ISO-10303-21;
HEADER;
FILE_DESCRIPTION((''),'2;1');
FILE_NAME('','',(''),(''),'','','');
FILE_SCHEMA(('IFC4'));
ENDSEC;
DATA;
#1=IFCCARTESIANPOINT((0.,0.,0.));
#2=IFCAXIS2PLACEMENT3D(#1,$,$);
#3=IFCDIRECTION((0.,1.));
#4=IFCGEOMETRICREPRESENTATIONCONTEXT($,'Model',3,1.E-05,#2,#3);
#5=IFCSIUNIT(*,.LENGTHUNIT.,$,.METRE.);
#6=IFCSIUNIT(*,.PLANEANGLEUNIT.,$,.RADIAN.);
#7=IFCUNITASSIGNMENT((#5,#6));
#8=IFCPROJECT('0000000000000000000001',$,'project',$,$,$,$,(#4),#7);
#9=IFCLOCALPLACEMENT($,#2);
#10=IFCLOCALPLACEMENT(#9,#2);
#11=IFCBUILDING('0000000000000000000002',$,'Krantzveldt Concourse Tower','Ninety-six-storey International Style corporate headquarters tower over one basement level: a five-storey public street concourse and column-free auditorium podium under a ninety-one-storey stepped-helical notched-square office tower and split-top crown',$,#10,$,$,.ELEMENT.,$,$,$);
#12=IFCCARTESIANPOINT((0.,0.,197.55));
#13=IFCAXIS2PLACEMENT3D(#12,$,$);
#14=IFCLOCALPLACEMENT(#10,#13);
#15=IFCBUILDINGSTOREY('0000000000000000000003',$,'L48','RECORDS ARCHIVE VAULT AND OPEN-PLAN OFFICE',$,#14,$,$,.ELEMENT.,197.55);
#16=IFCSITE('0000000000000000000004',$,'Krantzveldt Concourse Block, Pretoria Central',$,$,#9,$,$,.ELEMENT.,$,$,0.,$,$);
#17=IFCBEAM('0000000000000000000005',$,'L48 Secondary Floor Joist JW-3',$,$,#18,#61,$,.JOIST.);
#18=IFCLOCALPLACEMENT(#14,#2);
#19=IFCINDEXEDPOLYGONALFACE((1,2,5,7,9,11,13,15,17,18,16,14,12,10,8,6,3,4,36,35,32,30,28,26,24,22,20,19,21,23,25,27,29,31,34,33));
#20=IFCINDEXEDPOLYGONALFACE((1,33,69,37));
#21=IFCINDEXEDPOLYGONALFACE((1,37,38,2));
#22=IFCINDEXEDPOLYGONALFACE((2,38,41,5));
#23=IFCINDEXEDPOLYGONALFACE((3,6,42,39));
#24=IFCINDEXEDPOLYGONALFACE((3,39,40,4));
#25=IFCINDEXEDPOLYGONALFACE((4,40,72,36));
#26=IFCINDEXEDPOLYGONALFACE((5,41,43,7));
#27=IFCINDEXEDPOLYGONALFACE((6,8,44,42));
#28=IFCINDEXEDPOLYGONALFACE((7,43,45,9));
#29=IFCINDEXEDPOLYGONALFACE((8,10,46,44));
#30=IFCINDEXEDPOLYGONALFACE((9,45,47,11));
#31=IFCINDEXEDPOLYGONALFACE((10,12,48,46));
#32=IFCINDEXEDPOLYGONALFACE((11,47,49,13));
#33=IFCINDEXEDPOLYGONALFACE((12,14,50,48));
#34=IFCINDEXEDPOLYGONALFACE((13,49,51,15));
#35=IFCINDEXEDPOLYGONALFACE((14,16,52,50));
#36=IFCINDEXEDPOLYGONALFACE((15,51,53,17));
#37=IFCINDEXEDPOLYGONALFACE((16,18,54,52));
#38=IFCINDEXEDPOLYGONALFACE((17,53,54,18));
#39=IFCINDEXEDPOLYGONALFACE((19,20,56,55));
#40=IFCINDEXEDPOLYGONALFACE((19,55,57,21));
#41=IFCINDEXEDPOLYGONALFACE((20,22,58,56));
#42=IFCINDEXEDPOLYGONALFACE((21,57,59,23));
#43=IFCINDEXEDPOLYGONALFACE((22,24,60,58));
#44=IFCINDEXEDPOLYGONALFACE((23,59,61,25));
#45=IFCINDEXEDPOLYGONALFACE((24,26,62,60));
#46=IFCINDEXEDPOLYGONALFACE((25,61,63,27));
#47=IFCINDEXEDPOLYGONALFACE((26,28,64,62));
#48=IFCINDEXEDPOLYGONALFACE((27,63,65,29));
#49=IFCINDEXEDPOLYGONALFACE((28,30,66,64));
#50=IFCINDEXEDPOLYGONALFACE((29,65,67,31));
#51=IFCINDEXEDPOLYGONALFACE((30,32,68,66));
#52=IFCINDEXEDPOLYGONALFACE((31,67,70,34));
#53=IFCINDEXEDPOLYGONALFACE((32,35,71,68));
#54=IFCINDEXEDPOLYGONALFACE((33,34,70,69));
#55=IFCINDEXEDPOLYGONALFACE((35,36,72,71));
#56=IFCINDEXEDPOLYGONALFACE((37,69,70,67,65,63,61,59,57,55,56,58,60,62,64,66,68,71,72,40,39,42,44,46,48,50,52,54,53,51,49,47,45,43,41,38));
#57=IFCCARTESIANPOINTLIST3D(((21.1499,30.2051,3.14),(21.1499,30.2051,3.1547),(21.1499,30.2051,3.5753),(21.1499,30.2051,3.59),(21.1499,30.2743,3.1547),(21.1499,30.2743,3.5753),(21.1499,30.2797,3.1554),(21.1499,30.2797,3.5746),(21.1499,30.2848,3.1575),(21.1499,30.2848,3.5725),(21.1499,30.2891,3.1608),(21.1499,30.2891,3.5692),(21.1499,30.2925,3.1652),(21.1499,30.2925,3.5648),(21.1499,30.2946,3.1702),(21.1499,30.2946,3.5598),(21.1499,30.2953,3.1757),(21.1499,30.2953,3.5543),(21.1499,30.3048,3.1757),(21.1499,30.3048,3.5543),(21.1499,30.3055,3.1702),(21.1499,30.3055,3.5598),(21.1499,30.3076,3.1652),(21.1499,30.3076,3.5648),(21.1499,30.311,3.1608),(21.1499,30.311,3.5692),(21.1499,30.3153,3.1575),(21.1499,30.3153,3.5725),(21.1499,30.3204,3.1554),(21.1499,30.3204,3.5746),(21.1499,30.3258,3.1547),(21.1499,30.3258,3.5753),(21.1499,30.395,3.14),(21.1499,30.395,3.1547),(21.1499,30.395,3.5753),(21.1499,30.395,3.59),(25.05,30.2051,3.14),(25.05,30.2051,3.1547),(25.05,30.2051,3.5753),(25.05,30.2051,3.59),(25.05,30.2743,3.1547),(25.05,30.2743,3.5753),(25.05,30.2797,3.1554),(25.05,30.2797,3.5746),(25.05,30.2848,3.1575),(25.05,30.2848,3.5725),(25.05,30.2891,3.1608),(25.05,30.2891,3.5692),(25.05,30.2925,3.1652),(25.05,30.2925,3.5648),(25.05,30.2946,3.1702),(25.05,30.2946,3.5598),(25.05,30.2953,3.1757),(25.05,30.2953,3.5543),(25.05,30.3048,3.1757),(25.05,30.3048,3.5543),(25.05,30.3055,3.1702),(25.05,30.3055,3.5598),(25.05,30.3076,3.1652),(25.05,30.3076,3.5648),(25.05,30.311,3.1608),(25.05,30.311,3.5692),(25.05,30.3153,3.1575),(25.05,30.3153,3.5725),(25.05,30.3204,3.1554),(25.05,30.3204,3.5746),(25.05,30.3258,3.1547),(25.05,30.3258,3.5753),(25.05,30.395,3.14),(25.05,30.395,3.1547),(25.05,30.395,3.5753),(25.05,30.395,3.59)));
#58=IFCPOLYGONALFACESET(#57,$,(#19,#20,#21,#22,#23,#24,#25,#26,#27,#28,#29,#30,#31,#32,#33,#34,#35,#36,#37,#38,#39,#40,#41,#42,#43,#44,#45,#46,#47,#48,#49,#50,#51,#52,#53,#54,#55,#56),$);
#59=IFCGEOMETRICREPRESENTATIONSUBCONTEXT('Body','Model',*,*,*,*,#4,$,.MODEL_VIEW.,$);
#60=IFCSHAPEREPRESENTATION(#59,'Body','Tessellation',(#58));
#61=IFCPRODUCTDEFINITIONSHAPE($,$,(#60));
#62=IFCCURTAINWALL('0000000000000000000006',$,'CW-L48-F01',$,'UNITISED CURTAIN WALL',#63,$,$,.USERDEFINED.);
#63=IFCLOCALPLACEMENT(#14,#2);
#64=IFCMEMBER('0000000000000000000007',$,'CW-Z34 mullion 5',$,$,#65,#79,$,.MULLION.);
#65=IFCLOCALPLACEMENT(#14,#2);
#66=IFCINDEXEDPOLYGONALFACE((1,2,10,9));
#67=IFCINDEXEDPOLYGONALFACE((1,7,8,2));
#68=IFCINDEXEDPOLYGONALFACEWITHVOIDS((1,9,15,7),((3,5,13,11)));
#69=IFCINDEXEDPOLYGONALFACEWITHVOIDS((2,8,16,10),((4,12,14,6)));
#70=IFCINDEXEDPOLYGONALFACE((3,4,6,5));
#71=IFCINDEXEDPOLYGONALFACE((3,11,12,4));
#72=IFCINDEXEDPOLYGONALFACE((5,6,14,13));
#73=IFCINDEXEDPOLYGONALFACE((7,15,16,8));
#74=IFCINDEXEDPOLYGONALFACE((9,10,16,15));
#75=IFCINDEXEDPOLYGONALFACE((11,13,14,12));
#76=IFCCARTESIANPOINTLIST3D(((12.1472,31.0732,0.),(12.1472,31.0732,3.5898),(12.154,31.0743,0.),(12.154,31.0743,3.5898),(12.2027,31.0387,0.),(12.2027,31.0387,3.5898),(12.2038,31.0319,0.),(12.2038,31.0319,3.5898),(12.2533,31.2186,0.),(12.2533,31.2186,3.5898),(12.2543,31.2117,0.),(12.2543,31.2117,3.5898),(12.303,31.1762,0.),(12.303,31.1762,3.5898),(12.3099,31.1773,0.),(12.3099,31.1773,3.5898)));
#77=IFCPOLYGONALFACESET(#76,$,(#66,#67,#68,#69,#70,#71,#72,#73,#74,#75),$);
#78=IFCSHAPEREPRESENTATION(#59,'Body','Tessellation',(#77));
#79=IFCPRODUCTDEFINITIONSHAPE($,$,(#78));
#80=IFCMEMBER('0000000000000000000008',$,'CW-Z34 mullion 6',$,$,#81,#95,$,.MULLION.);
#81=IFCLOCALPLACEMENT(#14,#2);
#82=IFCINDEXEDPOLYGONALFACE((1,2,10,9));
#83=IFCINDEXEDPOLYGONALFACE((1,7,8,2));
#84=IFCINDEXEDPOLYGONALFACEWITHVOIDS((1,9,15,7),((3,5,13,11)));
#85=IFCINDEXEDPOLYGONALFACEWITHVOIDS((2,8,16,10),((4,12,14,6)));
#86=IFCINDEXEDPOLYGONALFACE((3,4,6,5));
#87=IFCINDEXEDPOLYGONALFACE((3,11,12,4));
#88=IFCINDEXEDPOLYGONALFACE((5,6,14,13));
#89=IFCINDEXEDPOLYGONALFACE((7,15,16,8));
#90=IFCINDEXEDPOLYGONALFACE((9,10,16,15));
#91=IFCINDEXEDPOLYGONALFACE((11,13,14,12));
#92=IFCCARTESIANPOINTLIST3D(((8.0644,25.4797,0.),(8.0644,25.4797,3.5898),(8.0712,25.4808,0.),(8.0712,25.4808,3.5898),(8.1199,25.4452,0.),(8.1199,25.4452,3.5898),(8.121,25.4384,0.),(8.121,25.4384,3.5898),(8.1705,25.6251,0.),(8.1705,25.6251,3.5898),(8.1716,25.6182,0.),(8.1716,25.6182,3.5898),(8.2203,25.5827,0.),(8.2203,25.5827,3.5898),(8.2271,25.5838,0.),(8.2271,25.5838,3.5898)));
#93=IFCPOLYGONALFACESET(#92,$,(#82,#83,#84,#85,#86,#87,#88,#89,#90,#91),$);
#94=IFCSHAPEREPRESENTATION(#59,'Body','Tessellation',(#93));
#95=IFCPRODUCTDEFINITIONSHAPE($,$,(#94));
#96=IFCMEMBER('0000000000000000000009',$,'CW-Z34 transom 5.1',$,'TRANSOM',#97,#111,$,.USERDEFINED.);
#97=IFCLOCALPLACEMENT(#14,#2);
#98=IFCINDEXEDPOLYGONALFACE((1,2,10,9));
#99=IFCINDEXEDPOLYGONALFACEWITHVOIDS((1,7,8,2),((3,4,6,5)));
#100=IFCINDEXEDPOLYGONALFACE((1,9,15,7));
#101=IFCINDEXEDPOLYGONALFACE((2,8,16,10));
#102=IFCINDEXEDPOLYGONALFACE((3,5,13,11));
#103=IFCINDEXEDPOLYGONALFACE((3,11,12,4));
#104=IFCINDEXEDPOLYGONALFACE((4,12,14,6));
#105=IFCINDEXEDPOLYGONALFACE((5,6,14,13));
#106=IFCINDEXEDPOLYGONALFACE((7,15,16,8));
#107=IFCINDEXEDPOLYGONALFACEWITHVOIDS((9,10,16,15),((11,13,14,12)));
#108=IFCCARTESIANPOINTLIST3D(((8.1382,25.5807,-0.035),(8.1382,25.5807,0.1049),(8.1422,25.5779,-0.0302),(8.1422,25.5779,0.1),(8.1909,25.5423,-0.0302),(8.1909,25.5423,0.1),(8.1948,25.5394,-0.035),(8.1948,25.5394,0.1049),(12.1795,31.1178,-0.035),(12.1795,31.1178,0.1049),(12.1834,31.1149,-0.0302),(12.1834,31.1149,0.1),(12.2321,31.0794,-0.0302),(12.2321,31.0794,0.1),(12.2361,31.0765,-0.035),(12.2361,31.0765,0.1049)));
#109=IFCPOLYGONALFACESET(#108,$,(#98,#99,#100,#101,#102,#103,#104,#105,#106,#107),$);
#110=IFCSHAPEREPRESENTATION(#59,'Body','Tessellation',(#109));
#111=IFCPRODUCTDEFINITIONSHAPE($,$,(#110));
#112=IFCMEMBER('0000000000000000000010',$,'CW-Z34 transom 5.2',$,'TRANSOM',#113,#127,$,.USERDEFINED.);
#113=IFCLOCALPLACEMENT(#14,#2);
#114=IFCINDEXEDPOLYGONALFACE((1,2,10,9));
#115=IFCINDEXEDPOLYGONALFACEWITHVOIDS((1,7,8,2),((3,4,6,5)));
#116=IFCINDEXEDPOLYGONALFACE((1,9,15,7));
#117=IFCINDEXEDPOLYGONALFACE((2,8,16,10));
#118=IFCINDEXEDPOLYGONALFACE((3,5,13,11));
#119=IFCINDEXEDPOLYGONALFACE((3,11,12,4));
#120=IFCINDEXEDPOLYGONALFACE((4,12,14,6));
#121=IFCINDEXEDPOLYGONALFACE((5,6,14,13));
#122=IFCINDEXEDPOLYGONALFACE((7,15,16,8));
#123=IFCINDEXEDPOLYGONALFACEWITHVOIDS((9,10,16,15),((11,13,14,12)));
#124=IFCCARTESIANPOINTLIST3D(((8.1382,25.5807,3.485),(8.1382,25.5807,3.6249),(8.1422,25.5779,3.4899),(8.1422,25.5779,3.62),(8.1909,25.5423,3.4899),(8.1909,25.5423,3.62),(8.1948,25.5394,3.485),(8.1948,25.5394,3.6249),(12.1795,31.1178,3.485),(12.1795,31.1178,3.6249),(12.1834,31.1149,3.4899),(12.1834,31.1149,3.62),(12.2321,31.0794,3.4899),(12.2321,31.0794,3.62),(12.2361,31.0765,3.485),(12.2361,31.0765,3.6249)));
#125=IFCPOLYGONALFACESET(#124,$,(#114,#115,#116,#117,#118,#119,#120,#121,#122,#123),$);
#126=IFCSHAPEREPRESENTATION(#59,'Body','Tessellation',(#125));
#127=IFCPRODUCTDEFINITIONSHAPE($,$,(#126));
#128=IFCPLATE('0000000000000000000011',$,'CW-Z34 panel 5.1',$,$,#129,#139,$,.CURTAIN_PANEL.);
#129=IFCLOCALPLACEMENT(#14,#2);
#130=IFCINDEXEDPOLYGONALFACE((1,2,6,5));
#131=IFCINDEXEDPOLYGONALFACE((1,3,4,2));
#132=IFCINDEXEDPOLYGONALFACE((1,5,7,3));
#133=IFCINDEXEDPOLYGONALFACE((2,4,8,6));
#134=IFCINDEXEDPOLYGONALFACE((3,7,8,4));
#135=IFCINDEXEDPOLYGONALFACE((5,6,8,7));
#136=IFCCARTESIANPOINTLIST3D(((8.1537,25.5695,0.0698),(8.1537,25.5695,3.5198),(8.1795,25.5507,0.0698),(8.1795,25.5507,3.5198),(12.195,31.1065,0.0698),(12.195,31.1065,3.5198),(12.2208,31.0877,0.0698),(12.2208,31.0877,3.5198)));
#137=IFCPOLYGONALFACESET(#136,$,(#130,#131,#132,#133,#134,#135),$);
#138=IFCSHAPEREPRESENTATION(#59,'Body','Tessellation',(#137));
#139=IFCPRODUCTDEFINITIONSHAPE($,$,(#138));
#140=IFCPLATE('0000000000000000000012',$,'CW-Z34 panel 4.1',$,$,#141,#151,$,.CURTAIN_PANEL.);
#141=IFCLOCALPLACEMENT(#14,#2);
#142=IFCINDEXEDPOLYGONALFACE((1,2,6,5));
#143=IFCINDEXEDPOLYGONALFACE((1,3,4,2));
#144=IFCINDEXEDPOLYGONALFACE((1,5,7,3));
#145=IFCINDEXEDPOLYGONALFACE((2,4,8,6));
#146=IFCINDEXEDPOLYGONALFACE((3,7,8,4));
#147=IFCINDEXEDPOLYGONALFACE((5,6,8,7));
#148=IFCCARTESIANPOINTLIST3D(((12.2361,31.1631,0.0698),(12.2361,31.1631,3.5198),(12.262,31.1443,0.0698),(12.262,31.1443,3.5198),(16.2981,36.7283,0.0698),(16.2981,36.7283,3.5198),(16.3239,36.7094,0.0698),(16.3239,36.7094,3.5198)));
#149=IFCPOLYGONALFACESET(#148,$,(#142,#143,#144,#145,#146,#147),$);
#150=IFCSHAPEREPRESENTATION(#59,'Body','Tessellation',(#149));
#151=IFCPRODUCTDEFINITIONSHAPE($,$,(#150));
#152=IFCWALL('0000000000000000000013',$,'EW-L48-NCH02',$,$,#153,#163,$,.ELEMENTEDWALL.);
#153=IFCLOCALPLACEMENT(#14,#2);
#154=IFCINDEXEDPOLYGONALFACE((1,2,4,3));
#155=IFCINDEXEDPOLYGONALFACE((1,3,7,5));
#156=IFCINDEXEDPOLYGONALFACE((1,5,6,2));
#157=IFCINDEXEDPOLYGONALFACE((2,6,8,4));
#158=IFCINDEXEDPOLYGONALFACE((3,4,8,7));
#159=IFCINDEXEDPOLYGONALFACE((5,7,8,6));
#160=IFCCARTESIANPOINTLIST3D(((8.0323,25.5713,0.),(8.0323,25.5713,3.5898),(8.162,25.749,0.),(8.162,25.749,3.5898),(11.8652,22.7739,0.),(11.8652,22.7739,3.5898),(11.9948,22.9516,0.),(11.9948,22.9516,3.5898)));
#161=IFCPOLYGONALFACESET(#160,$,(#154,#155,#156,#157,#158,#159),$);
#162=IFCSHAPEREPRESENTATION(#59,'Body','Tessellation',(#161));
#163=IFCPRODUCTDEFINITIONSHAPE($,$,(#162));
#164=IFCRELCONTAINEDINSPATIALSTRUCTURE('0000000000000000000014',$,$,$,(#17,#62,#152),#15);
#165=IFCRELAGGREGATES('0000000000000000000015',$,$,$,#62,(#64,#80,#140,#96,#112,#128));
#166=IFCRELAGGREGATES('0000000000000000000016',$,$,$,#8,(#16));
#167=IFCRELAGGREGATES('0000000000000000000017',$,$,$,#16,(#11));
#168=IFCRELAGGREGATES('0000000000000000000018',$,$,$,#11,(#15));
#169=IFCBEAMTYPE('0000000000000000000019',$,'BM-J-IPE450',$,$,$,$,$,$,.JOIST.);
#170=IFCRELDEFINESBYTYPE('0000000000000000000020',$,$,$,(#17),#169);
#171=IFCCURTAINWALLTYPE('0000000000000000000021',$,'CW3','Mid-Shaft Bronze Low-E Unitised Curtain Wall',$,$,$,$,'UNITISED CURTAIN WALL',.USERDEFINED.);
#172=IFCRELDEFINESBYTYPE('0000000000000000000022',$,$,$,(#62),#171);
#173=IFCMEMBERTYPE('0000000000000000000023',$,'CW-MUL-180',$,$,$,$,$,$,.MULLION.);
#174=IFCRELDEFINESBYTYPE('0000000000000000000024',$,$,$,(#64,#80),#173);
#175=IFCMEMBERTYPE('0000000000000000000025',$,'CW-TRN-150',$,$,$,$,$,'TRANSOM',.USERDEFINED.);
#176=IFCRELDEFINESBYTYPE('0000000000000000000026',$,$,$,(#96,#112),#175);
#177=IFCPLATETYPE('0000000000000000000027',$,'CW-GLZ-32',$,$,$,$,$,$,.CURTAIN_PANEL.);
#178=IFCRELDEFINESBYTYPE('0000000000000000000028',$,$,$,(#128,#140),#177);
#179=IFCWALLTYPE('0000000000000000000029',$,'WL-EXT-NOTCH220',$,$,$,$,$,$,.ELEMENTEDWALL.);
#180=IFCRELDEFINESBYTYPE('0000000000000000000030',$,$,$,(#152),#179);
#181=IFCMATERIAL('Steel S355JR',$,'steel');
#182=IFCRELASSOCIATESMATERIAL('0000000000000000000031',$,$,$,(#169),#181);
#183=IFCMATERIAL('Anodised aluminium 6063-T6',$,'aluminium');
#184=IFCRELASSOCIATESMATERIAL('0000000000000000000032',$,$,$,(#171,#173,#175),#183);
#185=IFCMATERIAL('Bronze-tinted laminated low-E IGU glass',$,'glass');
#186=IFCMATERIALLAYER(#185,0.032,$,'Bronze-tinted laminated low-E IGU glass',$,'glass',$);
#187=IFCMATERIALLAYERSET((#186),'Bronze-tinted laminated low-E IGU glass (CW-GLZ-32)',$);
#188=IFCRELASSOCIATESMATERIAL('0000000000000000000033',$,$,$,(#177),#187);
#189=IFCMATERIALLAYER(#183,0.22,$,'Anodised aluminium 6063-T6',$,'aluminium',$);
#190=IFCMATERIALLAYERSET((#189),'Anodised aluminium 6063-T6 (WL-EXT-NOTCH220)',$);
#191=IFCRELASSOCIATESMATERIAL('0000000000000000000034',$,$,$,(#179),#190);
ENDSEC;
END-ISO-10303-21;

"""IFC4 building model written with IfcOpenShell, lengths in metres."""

from ifc_helpers import new_model, si_unit, direction, frame, frame_2d, origin, origin_2d, place, context, subcontext, project, spatial, rectangle, hollow_rectangle, i_section, extrude, source, transform, mapped, material, layer, layer_set, material_profile, profile_set, type_object, type_shapes, element, aggregate, save


model = new_model("IFC4")

# Units and contexts
model_context = context("Model", 3, precision=1e-05, world=origin(), true_north=direction((0.0, 1.0)))
body_context = subcontext(model_context, "Body", "Model", "MODEL_VIEW")
ifc_project = project(units=[si_unit("LENGTHUNIT", "METRE"), si_unit("PLANEANGLEUNIT", "RADIAN")], contexts=[model_context])

# Site, building, storey
site_placement = place(None, origin())
site = spatial("IfcSite", under=ifc_project, at=site_placement, Name="Krantzveldt Concourse Block, Pretoria Central", CompositionType="ELEMENT", RefElevation=0.0)
building_placement = place(site_placement, origin())
building = spatial("IfcBuilding", under=site, at=building_placement, Name="Krantzveldt Concourse Tower", Description="Ninety-six-storey International Style corporate headquarters tower over one basement level: a five-storey public street concourse and column-free auditorium podium under a ninety-one-storey stepped-helical notched-square office tower and split-top crown", CompositionType="ELEMENT")
storey_placement = place(building_placement, frame((0.0, 0.0, 197.55)))
storey = spatial("IfcBuildingStorey", under=building, at=storey_placement, Name="L48", Description="RECORDS ARCHIVE VAULT AND OPEN-PLAN OFFICE", CompositionType="ELEMENT", Elevation=197.55)

# Beam
ifc_material_1 = material(Name="Steel S355JR", Category="steel")
ifc_material_profile_1 = material_profile(ifc_material_1, i_section(OverallWidth=0.1899, OverallDepth=0.45, WebThickness=0.0095, FlangeThickness=0.0146, FilletRadius=0.021, at=origin_2d()), Name="Steel S355JR", Category="steel")
ifc_profile_set_1 = profile_set([ifc_material_profile_1], Name="Steel S355JR - IPE 450")
beam_type_1 = type_object("IfcBeamType", Name="BM-J-IPE450", PredefinedType="JOIST", material=ifc_profile_set_1)
shared_shape_1 = source(origin(), body_context, "Body", "SweptSolid", [
    extrude(i_section(OverallWidth=0.1899, OverallDepth=0.45, WebThickness=0.0095, FlangeThickness=0.0146, FilletRadius=0.021, at=origin_2d()), origin(), (0.0, 0.0, 1.0), 3.9001),
])
type_shapes(beam_type_1, [shared_shape_1])
for number, where, z_axis, x_axis, name in (
    (1, (21.1499, 30.3, 3.365), (1.0, 0.0, 0.0), (0.0, 1.0, 0.0), "L48 Secondary Floor Joist JW-3"),
):
    element("IfcBeam", number, at=place(storey_placement, frame(where, z_axis=z_axis, x_axis=x_axis)), inside=storey, type_object=beam_type_1, Name=name, PredefinedType="JOIST", context=body_context, shape_type="MappedRepresentation", body=[
        mapped(shared_shape_1, transform((0.0, 0.0, 0.0), x_axis=(1.0, 0.0, 0.0), y_axis=(0.0, 1.0, 0.0), z_axis=(0.0, 0.0, 1.0), scale=1.0)),
    ])

# Curtain wall, members, plates
ifc_material_2 = material(Name="Anodised aluminium 6063-T6", Category="aluminium")
curtain_wall_type = type_object("IfcCurtainWallType", Name="CW3", Description="Mid-Shaft Bronze Low-E Unitised Curtain Wall", ElementType="UNITISED CURTAIN WALL", PredefinedType="USERDEFINED", material=ifc_material_2)
curtain_wall_placement = place(storey_placement, origin())
curtain_wall = element("IfcCurtainWall", 2, at=curtain_wall_placement, inside=storey, type_object=curtain_wall_type, Name="CW-L48-F01", ObjectType="UNITISED CURTAIN WALL", PredefinedType="USERDEFINED")
ifc_material_profile_2 = material_profile(ifc_material_2, hollow_rectangle(XDim=0.0701, YDim=0.1799, WallThickness=0.0049, at=origin_2d()), Name="Anodised aluminium 6063-T6", Category="aluminium")
ifc_profile_set_2 = profile_set([ifc_material_profile_2], Name="Anodised aluminium 6063-T6 - ALU-MULL 180x70x5")
member_type_1 = type_object("IfcMemberType", Name="CW-MUL-180", PredefinedType="MULLION", material=ifc_profile_set_2)
shared_shape_2 = source(origin(), body_context, "Body", "SweptSolid", [
    extrude(hollow_rectangle(XDim=0.0701, YDim=0.1799, WallThickness=0.0049, at=origin_2d()), origin(), (0.0, 0.0, 1.0), 3.5898),
])
type_shapes(member_type_1, [shared_shape_2])
member_1_placement = place(storey_placement, frame((12.2285, 31.1252, 0.0), z_axis=(0.0, 0.0, 1.0), x_axis=(0.807733, -0.589549, 0.0)))
member_1 = element("IfcMember", 3, at=member_1_placement, type_object=member_type_1, Name="CW-Z34 mullion 5", PredefinedType="MULLION", context=body_context, shape_type="MappedRepresentation", body=[
    mapped(shared_shape_2, transform((0.0, 0.0, 0.0), x_axis=(1.0, 0.0, 0.0), y_axis=(0.0, 1.0, 0.0), z_axis=(0.0, 0.0, 1.0), scale=1.0)),
])
member_2_placement = place(storey_placement, frame((8.1458, 25.5317, 0.0), z_axis=(0.0, 0.0, 1.0), x_axis=(0.807733, -0.589549, 0.0)))
member_2 = element("IfcMember", 4, at=member_2_placement, type_object=member_type_1, Name="CW-Z34 mullion 6", PredefinedType="MULLION", context=body_context, shape_type="MappedRepresentation", body=[
    mapped(shared_shape_2, transform((0.0, 0.0, 0.0), x_axis=(1.0, 0.0, 0.0), y_axis=(0.0, 1.0, 0.0), z_axis=(0.0, 0.0, 1.0), scale=1.0)),
])
ifc_material_profile_3 = material_profile(ifc_material_2, hollow_rectangle(XDim=0.0701, YDim=0.1399, WallThickness=0.0049, at=origin_2d()), Name="Anodised aluminium 6063-T6", Category="aluminium")
ifc_profile_set_3 = profile_set([ifc_material_profile_3], Name="Anodised aluminium 6063-T6 - ALU-TRAN 140x70x5")
member_type_2 = type_object("IfcMemberType", Name="CW-TRN-150", ElementType="TRANSOM", PredefinedType="USERDEFINED", material=ifc_profile_set_3)
shared_shape_3 = source(origin(), body_context, "Body", "SweptSolid", [
    extrude(hollow_rectangle(XDim=0.0701, YDim=0.1399, WallThickness=0.0049, at=origin_2d()), origin(), (0.0, 0.0, 1.0), 6.855),
])
type_shapes(member_type_2, [shared_shape_3])
member_3_placement = place(storey_placement, frame((12.2078, 31.0972, 0.0349), z_axis=(-0.589533, -0.807745, 0.0), x_axis=(0.807745, -0.589533, 0.0)))
member_3 = element("IfcMember", 5, at=member_3_placement, type_object=member_type_2, Name="CW-Z34 transom 5.1", ObjectType="TRANSOM", PredefinedType="USERDEFINED", context=body_context, shape_type="MappedRepresentation", body=[
    mapped(shared_shape_3, transform((0.0, 0.0, 0.0), x_axis=(1.0, 0.0, 0.0), y_axis=(0.0, 1.0, 0.0), z_axis=(0.0, 0.0, 1.0), scale=1.0)),
])
member_4_placement = place(storey_placement, frame((12.2078, 31.0972, 3.5549), z_axis=(-0.589533, -0.807745, 0.0), x_axis=(0.807745, -0.589533, 0.0)))
member_4 = element("IfcMember", 6, at=member_4_placement, type_object=member_type_2, Name="CW-Z34 transom 5.2", ObjectType="TRANSOM", PredefinedType="USERDEFINED", context=body_context, shape_type="MappedRepresentation", body=[
    mapped(shared_shape_3, transform((0.0, 0.0, 0.0), x_axis=(1.0, 0.0, 0.0), y_axis=(0.0, 1.0, 0.0), z_axis=(0.0, 0.0, 1.0), scale=1.0)),
])
ifc_material_3 = material(Name="Bronze-tinted laminated low-E IGU glass", Category="glass")
ifc_layer_1 = layer(ifc_material_3, 0.032, Name="Bronze-tinted laminated low-E IGU glass", Category="glass")
ifc_layer_set_1 = layer_set([ifc_layer_1], Name="Bronze-tinted laminated low-E IGU glass (CW-GLZ-32)")
plate_type = type_object("IfcPlateType", Name="CW-GLZ-32", PredefinedType="CURTAIN_PANEL", material=ifc_layer_set_1)
shared_shape_4 = source(origin(), body_context, "Body", "SweptSolid", [
    extrude(rectangle(XDim=6.855, YDim=0.032, at=origin_2d()), origin(), (0.0, 0.0, 1.0), 3.45),
])
plate_1_placement = place(storey_placement, frame((10.1873, 28.3286, 0.0698), z_axis=(0.0, 0.0, 1.0), x_axis=(-0.589549, -0.807733, 0.0)))
plate_1 = element("IfcPlate", 7, at=plate_1_placement, type_object=plate_type, Name="CW-Z34 panel 5.1", PredefinedType="CURTAIN_PANEL", context=body_context, shape_type="MappedRepresentation", body=[
    mapped(shared_shape_4, transform((0.0, 0.0, 0.0), x_axis=(1.0, 0.0, 0.0), y_axis=(0.0, 1.0, 0.0), z_axis=(0.0, 0.0, 1.0), scale=1.0)),
])
shared_shape_5 = source(origin(), body_context, "Body", "SweptSolid", [
    extrude(rectangle(XDim=6.8899, YDim=0.032, at=origin_2d()), origin(), (0.0, 0.0, 1.0), 3.45),
])
type_shapes(plate_type, [shared_shape_4, shared_shape_5])
plate_2_placement = place(storey_placement, frame((14.28, 33.9363, 0.0698), z_axis=(0.0, 0.0, 1.0), x_axis=(-0.589549, -0.807733, 0.0)))
plate_2 = element("IfcPlate", 8, at=plate_2_placement, type_object=plate_type, Name="CW-Z34 panel 4.1", PredefinedType="CURTAIN_PANEL", context=body_context, shape_type="MappedRepresentation", body=[
    mapped(shared_shape_5, transform((0.0, 0.0, 0.0), x_axis=(1.0, 0.0, 0.0), y_axis=(0.0, 1.0, 0.0), z_axis=(0.0, 0.0, 1.0), scale=1.0)),
])
aggregate(curtain_wall, [member_1, member_2, plate_2, member_3, member_4, plate_1])

# Wall
ifc_layer_2 = layer(ifc_material_2, 0.22, Name="Anodised aluminium 6063-T6", Category="aluminium")
ifc_layer_set_2 = layer_set([ifc_layer_2], Name="Anodised aluminium 6063-T6 (WL-EXT-NOTCH220)")
wall_type_1 = type_object("IfcWallType", Name="WL-EXT-NOTCH220", PredefinedType="ELEMENTEDWALL", material=ifc_layer_set_2)
wall_1_placement = place(storey_placement, frame((8.0972, 25.6602, 0.0), z_axis=(0.0, 0.0, 1.0), x_axis=(0.807743, -0.589535, 0.0)))
element("IfcWall", 9, at=wall_1_placement, inside=storey, type_object=wall_type_1, Name="EW-L48-NCH02", PredefinedType="ELEMENTEDWALL", context=body_context, shape_type="SweptSolid", body=[
    extrude(rectangle(XDim=4.7451, YDim=0.22, at=frame_2d((2.3726, 0.0))), origin(), (0.0, 0.0, 1.0), 3.5898),
])

save(model, "model.ifc")
